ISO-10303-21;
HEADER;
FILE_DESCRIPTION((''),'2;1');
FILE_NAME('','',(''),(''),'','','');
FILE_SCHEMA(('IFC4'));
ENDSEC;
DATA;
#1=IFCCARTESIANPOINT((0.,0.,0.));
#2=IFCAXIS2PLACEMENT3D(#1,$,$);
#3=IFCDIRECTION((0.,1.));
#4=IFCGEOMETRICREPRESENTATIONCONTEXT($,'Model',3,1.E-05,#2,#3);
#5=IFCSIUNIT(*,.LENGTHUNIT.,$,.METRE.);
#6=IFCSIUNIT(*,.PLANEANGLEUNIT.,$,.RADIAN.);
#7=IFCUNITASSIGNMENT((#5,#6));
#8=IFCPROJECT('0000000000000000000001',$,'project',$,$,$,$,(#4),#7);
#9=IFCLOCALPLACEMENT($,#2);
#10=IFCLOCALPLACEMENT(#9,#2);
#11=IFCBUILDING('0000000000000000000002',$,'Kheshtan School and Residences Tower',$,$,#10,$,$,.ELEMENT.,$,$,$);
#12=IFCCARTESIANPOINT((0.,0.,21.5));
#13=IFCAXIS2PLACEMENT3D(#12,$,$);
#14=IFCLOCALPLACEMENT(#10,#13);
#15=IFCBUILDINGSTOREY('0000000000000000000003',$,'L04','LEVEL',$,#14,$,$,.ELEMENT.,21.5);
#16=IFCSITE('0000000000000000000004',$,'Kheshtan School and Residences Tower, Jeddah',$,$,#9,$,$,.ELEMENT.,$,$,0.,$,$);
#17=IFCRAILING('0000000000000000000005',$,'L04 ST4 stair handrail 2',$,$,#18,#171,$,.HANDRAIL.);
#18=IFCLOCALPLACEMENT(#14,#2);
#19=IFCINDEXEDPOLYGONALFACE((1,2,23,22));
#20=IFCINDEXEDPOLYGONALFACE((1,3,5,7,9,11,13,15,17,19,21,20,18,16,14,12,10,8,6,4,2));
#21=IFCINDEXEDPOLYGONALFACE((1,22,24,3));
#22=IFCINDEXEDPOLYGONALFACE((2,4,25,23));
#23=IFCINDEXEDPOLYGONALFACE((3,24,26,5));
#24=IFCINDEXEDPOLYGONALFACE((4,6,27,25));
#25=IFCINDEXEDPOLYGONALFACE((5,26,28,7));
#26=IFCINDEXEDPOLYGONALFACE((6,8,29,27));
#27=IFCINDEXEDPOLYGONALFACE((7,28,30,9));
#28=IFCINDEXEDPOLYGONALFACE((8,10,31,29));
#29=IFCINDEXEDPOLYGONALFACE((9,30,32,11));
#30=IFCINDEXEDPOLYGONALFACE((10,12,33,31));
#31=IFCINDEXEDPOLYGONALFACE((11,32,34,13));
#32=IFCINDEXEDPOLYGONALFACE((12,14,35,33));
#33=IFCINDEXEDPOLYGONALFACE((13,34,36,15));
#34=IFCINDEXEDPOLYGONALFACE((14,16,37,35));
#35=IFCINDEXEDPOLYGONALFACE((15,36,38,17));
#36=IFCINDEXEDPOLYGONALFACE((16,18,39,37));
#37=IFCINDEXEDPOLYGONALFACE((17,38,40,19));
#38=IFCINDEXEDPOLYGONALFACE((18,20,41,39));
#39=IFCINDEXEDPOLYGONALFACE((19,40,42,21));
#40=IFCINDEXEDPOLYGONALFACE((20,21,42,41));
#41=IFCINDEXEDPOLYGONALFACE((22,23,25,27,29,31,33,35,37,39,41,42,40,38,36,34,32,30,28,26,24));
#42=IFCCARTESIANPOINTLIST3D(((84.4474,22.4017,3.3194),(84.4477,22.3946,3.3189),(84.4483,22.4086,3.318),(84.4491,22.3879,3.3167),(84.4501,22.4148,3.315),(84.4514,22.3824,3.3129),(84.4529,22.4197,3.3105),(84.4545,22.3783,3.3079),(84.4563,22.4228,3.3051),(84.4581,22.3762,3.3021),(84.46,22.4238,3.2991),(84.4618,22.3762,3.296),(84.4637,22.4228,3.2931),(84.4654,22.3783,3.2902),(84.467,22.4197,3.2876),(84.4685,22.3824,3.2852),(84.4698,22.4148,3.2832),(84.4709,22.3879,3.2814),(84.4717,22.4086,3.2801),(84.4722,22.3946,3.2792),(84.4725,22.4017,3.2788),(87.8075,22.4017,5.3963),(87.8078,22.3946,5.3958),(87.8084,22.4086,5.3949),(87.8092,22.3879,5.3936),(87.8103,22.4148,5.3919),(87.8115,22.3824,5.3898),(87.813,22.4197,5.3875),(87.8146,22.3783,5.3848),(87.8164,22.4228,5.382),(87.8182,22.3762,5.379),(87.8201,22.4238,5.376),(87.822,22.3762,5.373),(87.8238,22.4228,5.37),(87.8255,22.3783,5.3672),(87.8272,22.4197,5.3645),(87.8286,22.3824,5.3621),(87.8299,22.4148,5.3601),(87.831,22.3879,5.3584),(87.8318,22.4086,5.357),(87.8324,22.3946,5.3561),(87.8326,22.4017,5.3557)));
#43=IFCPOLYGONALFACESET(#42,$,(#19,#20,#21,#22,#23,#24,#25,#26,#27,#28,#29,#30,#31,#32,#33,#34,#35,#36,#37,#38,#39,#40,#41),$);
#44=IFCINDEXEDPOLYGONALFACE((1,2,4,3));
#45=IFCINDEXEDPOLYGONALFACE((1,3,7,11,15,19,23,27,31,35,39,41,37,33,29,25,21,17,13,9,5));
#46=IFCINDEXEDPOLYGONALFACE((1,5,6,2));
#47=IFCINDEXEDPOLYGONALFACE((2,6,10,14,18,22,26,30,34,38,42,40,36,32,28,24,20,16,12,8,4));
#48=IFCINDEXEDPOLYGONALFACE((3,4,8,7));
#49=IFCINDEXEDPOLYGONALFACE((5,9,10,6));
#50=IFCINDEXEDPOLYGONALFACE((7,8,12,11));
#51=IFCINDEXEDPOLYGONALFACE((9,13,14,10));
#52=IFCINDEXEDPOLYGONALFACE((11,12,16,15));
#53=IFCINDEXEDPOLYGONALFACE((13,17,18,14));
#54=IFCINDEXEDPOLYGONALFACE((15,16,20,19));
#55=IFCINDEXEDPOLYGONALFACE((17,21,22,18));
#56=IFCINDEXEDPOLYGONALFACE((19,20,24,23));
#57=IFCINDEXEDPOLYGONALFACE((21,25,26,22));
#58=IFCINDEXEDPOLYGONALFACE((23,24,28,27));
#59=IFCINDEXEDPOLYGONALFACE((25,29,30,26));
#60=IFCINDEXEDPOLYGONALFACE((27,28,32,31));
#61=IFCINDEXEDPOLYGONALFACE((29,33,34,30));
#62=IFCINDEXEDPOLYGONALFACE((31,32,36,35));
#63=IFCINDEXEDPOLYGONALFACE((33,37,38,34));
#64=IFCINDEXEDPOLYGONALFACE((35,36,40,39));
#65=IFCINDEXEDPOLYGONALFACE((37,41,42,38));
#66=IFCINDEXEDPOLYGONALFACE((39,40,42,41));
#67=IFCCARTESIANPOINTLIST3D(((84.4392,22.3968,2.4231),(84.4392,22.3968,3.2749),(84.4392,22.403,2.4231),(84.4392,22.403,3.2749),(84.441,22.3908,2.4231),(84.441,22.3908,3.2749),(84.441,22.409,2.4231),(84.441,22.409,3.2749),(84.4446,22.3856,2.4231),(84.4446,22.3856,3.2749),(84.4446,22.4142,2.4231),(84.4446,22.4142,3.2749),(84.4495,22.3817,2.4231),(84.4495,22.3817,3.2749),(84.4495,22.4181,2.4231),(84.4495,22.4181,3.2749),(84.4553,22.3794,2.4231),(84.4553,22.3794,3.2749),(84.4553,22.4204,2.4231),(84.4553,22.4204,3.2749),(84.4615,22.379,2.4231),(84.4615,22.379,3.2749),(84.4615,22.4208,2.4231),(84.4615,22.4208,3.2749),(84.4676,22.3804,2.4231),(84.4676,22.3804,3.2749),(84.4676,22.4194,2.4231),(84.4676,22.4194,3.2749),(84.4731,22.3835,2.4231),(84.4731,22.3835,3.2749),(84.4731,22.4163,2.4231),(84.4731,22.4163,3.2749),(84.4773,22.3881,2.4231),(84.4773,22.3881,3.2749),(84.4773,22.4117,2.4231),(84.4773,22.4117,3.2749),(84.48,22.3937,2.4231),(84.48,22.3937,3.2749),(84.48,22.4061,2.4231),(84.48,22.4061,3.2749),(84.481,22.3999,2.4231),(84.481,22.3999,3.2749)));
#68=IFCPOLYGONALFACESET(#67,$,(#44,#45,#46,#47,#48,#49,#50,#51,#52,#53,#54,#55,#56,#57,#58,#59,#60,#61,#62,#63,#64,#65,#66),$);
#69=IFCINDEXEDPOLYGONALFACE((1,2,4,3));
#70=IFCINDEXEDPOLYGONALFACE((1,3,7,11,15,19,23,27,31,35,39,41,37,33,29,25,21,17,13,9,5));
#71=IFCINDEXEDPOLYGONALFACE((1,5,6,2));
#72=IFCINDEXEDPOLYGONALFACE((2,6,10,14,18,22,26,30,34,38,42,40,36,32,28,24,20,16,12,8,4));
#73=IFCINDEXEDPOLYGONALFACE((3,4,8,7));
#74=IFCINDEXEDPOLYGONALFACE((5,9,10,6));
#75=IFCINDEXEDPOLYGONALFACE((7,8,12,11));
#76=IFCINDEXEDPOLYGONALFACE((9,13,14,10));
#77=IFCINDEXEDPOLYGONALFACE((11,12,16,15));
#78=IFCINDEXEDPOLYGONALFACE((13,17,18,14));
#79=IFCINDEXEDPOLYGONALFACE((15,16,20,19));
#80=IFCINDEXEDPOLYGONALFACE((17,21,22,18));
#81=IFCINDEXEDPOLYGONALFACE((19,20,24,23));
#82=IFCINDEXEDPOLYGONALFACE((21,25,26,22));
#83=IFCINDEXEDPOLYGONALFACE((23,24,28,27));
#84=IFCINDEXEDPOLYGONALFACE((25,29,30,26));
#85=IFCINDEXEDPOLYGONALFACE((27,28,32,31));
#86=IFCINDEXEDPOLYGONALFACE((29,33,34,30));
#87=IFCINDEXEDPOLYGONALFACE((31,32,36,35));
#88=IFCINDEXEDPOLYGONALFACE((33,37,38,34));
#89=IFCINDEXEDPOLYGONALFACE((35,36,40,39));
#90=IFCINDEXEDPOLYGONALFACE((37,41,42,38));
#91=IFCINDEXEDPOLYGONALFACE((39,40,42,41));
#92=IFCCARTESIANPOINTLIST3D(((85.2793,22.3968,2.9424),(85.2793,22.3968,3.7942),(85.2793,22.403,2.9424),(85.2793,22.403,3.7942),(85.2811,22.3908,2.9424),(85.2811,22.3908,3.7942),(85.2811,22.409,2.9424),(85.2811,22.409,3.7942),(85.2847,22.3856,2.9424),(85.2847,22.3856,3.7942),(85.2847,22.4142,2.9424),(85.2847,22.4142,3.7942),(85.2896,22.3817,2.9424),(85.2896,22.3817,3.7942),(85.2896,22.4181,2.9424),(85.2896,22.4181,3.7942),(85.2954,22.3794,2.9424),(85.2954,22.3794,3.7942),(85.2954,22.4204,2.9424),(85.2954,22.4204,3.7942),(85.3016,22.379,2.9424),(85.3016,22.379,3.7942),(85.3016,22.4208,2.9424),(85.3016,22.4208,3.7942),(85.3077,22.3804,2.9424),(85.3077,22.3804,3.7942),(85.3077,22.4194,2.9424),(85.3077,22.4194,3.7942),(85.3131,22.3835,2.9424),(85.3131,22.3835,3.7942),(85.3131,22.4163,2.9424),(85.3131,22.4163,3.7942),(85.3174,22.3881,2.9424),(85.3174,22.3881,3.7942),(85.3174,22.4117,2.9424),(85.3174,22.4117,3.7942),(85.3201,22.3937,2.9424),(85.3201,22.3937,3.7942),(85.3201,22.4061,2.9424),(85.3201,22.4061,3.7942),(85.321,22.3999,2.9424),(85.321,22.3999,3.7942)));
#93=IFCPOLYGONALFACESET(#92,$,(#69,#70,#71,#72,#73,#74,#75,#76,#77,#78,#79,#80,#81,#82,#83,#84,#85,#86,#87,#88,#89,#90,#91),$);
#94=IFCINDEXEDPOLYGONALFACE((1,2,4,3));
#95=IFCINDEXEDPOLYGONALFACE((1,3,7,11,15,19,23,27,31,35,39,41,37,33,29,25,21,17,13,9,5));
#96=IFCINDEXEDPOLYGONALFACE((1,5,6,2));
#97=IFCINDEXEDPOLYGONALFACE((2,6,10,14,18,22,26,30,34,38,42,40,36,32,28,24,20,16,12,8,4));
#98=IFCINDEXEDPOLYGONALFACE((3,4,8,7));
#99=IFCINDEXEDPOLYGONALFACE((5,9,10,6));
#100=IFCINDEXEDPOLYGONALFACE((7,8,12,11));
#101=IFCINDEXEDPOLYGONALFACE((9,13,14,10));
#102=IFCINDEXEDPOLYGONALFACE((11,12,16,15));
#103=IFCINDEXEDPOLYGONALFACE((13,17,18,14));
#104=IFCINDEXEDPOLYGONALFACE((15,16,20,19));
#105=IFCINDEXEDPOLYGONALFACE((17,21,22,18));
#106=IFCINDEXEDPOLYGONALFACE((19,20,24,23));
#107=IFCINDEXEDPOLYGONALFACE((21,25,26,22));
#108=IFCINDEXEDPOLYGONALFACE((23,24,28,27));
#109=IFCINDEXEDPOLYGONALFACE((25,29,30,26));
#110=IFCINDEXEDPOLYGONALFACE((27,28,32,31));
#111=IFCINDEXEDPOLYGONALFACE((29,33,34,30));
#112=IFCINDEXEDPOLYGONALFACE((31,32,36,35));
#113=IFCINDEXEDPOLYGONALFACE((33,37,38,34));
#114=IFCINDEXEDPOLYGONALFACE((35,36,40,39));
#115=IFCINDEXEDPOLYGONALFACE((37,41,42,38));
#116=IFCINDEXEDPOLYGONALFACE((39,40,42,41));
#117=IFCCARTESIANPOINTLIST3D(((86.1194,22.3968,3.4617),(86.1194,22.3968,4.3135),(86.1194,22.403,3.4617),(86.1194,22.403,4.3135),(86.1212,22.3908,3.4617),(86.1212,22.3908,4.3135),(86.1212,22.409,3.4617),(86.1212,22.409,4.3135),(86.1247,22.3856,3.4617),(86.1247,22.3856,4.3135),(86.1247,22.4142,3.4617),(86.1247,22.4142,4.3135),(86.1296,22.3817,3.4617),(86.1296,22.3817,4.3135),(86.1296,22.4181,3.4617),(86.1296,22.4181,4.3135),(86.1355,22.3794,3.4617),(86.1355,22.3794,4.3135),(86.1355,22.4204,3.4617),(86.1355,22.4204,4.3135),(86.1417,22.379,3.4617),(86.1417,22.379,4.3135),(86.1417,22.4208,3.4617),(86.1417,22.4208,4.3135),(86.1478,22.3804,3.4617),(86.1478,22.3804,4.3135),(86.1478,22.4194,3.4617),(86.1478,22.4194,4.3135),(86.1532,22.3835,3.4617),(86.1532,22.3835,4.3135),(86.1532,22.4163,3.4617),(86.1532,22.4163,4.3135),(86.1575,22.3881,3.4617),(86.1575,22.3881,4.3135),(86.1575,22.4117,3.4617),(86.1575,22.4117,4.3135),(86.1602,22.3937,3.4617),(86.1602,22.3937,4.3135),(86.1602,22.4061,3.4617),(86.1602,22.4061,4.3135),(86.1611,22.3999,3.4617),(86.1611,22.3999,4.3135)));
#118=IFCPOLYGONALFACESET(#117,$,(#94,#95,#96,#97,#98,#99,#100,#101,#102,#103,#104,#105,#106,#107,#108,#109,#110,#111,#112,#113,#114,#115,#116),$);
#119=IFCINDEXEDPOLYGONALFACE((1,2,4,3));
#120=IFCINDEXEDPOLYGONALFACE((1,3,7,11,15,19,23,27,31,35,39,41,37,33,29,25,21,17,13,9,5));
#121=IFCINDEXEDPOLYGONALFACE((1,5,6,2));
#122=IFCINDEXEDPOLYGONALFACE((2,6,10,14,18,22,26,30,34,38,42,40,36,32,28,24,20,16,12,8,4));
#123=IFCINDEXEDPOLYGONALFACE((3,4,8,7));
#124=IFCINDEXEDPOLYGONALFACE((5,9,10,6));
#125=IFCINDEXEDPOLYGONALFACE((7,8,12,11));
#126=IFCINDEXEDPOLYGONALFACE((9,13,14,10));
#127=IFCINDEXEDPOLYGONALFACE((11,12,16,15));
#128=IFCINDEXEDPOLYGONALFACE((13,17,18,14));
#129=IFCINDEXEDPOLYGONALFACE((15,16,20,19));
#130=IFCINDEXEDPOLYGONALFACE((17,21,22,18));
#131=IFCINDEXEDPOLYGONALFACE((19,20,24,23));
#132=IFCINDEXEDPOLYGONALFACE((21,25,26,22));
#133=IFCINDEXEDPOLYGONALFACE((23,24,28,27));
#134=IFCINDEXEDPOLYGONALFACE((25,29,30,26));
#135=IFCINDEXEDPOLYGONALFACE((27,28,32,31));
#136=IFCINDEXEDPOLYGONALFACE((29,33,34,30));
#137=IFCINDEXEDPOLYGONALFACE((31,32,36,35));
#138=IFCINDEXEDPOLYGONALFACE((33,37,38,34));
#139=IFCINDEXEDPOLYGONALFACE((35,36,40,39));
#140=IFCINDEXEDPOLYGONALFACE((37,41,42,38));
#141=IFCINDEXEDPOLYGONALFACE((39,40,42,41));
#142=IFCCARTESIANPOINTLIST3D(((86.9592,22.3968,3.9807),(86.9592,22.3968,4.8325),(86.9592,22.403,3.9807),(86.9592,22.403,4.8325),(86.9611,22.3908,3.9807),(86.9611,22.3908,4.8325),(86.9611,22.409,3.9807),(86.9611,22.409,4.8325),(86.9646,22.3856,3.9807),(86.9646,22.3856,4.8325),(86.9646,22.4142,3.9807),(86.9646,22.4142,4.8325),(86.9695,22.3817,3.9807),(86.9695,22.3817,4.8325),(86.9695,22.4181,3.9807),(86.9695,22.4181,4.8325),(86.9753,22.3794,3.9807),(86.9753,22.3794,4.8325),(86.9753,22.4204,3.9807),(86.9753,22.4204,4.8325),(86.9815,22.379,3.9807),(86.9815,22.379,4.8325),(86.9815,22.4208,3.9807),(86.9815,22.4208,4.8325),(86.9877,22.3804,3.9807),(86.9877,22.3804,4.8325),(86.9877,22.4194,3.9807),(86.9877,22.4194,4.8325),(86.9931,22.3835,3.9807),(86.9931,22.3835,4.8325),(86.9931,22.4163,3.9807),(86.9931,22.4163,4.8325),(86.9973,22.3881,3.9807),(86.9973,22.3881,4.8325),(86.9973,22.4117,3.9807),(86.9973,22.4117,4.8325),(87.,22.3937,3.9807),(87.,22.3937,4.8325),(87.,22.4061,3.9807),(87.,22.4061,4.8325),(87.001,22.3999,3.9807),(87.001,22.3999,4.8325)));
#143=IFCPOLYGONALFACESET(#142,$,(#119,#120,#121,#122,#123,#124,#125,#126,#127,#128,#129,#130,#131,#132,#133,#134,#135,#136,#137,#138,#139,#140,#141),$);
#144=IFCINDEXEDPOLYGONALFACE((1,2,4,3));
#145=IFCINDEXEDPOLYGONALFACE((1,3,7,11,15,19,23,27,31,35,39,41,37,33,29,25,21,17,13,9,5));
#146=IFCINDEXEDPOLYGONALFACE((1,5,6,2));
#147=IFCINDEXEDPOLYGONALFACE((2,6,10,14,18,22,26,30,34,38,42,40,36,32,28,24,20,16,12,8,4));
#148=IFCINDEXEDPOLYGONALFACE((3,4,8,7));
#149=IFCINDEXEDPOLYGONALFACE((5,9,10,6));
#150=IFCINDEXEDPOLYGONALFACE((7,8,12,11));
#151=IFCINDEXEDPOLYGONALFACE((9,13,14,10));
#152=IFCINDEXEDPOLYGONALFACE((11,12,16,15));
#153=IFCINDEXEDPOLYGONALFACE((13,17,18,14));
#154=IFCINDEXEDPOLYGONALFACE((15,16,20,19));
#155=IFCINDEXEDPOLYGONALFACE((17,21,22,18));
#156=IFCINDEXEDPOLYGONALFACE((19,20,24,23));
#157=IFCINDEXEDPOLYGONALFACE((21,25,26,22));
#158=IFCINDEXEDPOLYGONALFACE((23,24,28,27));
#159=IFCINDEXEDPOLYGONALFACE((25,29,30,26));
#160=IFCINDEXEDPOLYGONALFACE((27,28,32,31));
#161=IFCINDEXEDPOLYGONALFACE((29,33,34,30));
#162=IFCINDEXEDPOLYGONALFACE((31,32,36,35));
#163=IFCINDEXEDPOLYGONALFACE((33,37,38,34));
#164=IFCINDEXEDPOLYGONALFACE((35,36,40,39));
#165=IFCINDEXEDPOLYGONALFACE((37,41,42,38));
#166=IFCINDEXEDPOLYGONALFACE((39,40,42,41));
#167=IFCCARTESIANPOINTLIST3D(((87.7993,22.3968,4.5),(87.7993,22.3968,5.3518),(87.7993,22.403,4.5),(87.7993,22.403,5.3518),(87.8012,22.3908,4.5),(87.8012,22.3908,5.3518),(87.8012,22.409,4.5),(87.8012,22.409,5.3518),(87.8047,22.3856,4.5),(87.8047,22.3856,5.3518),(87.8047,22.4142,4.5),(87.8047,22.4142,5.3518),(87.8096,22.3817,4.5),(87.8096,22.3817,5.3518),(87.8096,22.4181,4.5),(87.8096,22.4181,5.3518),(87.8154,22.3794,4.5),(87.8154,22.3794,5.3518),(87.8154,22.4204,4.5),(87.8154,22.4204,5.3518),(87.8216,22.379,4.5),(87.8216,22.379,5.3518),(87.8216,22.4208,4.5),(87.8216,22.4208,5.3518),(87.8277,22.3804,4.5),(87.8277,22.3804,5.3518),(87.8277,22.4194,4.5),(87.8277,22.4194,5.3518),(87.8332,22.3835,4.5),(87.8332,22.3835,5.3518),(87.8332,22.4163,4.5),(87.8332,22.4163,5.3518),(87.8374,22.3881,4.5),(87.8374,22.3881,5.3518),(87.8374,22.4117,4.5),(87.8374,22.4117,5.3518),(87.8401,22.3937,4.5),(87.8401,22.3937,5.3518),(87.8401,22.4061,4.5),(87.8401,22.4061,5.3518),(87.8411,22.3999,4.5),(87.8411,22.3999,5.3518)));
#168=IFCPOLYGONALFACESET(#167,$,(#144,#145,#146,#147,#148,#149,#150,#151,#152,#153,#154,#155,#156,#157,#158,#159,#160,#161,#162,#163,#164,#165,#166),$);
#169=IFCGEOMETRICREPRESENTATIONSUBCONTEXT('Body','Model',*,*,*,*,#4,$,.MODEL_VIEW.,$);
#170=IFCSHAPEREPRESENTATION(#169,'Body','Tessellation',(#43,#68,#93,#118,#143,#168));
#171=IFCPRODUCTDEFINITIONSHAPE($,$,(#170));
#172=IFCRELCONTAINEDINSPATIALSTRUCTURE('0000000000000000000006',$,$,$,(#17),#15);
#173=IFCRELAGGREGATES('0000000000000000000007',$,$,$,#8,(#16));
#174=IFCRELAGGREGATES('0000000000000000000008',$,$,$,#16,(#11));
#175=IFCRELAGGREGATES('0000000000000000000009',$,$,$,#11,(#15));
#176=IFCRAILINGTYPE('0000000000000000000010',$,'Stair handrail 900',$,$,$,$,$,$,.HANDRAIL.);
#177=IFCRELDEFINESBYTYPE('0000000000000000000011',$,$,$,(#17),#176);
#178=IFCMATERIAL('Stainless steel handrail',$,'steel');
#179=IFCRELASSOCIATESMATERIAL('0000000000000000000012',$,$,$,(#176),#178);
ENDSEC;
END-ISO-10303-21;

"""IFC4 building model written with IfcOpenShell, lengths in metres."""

from ifc_helpers import new_model, si_unit, direction, frame, origin, origin_2d, place, context, subcontext, project, spatial, circle, extrude, material, type_object, element, save


model = new_model("IFC4")

# Units and contexts
model_context = context("Model", 3, precision=1e-05, world=origin(), true_north=direction((0.0, 1.0)))
body_context = subcontext(model_context, "Body", "Model", "MODEL_VIEW")
ifc_project = project(units=[si_unit("LENGTHUNIT", "METRE"), si_unit("PLANEANGLEUNIT", "RADIAN")], contexts=[model_context])

# Site, building, storey
site_placement = place(None, origin())
site = spatial("IfcSite", under=ifc_project, at=site_placement, Name="Kheshtan School and Residences Tower, Jeddah", CompositionType="ELEMENT", RefElevation=0.0)
building_placement = place(site_placement, origin())
building = spatial("IfcBuilding", under=site, at=building_placement, Name="Kheshtan School and Residences Tower", CompositionType="ELEMENT")
storey_placement = place(building_placement, frame((0.0, 0.0, 21.5)))
storey = spatial("IfcBuildingStorey", under=building, at=storey_placement, Name="L04", Description="LEVEL", CompositionType="ELEMENT", Elevation=21.5)

# Railing
ifc_material_1 = material(Name="Stainless steel handrail", Category="steel")
railing_type = type_object("IfcRailingType", Name="Stair handrail 900", PredefinedType="HANDRAIL", material=ifc_material_1)
railing_1_placement = place(storey_placement, frame((84.46, 22.3999, 2.4231)))
element("IfcRailing", 1, at=railing_1_placement, inside=storey, type_object=railing_type, Name="L04 ST4 stair handrail 2", PredefinedType="HANDRAIL", context=body_context, shape_type="SweptSolid", body=[
    extrude(circle(Radius=0.0239, at=origin_2d()), frame((0.0, 0.0, 0.876), z_axis=(0.850623, 0.0, 0.525776), x_axis=(0.0, 1.0, 0.0)), (0.0, 0.0, 1.0), 3.9502),
    extrude(circle(Radius=0.021, at=origin_2d()), origin(), (0.0, 0.0, 1.0), 0.8518),
    extrude(circle(Radius=0.021, at=origin_2d()), frame((0.8401, 0.0, 0.5193)), (0.0, 0.0, 1.0), 0.8518),
    extrude(circle(Radius=0.021, at=origin_2d()), frame((1.6802, 0.0, 1.0386)), (0.0, 0.0, 1.0), 0.8518),
    extrude(circle(Radius=0.021, at=origin_2d()), frame((2.52, 0.0, 1.5576)), (0.0, 0.0, 1.0), 0.8518),
    extrude(circle(Radius=0.021, at=origin_2d()), frame((3.3601, 0.0, 2.0769)), (0.0, 0.0, 1.0), 0.8518),
])

save(model, "model.ifc")
